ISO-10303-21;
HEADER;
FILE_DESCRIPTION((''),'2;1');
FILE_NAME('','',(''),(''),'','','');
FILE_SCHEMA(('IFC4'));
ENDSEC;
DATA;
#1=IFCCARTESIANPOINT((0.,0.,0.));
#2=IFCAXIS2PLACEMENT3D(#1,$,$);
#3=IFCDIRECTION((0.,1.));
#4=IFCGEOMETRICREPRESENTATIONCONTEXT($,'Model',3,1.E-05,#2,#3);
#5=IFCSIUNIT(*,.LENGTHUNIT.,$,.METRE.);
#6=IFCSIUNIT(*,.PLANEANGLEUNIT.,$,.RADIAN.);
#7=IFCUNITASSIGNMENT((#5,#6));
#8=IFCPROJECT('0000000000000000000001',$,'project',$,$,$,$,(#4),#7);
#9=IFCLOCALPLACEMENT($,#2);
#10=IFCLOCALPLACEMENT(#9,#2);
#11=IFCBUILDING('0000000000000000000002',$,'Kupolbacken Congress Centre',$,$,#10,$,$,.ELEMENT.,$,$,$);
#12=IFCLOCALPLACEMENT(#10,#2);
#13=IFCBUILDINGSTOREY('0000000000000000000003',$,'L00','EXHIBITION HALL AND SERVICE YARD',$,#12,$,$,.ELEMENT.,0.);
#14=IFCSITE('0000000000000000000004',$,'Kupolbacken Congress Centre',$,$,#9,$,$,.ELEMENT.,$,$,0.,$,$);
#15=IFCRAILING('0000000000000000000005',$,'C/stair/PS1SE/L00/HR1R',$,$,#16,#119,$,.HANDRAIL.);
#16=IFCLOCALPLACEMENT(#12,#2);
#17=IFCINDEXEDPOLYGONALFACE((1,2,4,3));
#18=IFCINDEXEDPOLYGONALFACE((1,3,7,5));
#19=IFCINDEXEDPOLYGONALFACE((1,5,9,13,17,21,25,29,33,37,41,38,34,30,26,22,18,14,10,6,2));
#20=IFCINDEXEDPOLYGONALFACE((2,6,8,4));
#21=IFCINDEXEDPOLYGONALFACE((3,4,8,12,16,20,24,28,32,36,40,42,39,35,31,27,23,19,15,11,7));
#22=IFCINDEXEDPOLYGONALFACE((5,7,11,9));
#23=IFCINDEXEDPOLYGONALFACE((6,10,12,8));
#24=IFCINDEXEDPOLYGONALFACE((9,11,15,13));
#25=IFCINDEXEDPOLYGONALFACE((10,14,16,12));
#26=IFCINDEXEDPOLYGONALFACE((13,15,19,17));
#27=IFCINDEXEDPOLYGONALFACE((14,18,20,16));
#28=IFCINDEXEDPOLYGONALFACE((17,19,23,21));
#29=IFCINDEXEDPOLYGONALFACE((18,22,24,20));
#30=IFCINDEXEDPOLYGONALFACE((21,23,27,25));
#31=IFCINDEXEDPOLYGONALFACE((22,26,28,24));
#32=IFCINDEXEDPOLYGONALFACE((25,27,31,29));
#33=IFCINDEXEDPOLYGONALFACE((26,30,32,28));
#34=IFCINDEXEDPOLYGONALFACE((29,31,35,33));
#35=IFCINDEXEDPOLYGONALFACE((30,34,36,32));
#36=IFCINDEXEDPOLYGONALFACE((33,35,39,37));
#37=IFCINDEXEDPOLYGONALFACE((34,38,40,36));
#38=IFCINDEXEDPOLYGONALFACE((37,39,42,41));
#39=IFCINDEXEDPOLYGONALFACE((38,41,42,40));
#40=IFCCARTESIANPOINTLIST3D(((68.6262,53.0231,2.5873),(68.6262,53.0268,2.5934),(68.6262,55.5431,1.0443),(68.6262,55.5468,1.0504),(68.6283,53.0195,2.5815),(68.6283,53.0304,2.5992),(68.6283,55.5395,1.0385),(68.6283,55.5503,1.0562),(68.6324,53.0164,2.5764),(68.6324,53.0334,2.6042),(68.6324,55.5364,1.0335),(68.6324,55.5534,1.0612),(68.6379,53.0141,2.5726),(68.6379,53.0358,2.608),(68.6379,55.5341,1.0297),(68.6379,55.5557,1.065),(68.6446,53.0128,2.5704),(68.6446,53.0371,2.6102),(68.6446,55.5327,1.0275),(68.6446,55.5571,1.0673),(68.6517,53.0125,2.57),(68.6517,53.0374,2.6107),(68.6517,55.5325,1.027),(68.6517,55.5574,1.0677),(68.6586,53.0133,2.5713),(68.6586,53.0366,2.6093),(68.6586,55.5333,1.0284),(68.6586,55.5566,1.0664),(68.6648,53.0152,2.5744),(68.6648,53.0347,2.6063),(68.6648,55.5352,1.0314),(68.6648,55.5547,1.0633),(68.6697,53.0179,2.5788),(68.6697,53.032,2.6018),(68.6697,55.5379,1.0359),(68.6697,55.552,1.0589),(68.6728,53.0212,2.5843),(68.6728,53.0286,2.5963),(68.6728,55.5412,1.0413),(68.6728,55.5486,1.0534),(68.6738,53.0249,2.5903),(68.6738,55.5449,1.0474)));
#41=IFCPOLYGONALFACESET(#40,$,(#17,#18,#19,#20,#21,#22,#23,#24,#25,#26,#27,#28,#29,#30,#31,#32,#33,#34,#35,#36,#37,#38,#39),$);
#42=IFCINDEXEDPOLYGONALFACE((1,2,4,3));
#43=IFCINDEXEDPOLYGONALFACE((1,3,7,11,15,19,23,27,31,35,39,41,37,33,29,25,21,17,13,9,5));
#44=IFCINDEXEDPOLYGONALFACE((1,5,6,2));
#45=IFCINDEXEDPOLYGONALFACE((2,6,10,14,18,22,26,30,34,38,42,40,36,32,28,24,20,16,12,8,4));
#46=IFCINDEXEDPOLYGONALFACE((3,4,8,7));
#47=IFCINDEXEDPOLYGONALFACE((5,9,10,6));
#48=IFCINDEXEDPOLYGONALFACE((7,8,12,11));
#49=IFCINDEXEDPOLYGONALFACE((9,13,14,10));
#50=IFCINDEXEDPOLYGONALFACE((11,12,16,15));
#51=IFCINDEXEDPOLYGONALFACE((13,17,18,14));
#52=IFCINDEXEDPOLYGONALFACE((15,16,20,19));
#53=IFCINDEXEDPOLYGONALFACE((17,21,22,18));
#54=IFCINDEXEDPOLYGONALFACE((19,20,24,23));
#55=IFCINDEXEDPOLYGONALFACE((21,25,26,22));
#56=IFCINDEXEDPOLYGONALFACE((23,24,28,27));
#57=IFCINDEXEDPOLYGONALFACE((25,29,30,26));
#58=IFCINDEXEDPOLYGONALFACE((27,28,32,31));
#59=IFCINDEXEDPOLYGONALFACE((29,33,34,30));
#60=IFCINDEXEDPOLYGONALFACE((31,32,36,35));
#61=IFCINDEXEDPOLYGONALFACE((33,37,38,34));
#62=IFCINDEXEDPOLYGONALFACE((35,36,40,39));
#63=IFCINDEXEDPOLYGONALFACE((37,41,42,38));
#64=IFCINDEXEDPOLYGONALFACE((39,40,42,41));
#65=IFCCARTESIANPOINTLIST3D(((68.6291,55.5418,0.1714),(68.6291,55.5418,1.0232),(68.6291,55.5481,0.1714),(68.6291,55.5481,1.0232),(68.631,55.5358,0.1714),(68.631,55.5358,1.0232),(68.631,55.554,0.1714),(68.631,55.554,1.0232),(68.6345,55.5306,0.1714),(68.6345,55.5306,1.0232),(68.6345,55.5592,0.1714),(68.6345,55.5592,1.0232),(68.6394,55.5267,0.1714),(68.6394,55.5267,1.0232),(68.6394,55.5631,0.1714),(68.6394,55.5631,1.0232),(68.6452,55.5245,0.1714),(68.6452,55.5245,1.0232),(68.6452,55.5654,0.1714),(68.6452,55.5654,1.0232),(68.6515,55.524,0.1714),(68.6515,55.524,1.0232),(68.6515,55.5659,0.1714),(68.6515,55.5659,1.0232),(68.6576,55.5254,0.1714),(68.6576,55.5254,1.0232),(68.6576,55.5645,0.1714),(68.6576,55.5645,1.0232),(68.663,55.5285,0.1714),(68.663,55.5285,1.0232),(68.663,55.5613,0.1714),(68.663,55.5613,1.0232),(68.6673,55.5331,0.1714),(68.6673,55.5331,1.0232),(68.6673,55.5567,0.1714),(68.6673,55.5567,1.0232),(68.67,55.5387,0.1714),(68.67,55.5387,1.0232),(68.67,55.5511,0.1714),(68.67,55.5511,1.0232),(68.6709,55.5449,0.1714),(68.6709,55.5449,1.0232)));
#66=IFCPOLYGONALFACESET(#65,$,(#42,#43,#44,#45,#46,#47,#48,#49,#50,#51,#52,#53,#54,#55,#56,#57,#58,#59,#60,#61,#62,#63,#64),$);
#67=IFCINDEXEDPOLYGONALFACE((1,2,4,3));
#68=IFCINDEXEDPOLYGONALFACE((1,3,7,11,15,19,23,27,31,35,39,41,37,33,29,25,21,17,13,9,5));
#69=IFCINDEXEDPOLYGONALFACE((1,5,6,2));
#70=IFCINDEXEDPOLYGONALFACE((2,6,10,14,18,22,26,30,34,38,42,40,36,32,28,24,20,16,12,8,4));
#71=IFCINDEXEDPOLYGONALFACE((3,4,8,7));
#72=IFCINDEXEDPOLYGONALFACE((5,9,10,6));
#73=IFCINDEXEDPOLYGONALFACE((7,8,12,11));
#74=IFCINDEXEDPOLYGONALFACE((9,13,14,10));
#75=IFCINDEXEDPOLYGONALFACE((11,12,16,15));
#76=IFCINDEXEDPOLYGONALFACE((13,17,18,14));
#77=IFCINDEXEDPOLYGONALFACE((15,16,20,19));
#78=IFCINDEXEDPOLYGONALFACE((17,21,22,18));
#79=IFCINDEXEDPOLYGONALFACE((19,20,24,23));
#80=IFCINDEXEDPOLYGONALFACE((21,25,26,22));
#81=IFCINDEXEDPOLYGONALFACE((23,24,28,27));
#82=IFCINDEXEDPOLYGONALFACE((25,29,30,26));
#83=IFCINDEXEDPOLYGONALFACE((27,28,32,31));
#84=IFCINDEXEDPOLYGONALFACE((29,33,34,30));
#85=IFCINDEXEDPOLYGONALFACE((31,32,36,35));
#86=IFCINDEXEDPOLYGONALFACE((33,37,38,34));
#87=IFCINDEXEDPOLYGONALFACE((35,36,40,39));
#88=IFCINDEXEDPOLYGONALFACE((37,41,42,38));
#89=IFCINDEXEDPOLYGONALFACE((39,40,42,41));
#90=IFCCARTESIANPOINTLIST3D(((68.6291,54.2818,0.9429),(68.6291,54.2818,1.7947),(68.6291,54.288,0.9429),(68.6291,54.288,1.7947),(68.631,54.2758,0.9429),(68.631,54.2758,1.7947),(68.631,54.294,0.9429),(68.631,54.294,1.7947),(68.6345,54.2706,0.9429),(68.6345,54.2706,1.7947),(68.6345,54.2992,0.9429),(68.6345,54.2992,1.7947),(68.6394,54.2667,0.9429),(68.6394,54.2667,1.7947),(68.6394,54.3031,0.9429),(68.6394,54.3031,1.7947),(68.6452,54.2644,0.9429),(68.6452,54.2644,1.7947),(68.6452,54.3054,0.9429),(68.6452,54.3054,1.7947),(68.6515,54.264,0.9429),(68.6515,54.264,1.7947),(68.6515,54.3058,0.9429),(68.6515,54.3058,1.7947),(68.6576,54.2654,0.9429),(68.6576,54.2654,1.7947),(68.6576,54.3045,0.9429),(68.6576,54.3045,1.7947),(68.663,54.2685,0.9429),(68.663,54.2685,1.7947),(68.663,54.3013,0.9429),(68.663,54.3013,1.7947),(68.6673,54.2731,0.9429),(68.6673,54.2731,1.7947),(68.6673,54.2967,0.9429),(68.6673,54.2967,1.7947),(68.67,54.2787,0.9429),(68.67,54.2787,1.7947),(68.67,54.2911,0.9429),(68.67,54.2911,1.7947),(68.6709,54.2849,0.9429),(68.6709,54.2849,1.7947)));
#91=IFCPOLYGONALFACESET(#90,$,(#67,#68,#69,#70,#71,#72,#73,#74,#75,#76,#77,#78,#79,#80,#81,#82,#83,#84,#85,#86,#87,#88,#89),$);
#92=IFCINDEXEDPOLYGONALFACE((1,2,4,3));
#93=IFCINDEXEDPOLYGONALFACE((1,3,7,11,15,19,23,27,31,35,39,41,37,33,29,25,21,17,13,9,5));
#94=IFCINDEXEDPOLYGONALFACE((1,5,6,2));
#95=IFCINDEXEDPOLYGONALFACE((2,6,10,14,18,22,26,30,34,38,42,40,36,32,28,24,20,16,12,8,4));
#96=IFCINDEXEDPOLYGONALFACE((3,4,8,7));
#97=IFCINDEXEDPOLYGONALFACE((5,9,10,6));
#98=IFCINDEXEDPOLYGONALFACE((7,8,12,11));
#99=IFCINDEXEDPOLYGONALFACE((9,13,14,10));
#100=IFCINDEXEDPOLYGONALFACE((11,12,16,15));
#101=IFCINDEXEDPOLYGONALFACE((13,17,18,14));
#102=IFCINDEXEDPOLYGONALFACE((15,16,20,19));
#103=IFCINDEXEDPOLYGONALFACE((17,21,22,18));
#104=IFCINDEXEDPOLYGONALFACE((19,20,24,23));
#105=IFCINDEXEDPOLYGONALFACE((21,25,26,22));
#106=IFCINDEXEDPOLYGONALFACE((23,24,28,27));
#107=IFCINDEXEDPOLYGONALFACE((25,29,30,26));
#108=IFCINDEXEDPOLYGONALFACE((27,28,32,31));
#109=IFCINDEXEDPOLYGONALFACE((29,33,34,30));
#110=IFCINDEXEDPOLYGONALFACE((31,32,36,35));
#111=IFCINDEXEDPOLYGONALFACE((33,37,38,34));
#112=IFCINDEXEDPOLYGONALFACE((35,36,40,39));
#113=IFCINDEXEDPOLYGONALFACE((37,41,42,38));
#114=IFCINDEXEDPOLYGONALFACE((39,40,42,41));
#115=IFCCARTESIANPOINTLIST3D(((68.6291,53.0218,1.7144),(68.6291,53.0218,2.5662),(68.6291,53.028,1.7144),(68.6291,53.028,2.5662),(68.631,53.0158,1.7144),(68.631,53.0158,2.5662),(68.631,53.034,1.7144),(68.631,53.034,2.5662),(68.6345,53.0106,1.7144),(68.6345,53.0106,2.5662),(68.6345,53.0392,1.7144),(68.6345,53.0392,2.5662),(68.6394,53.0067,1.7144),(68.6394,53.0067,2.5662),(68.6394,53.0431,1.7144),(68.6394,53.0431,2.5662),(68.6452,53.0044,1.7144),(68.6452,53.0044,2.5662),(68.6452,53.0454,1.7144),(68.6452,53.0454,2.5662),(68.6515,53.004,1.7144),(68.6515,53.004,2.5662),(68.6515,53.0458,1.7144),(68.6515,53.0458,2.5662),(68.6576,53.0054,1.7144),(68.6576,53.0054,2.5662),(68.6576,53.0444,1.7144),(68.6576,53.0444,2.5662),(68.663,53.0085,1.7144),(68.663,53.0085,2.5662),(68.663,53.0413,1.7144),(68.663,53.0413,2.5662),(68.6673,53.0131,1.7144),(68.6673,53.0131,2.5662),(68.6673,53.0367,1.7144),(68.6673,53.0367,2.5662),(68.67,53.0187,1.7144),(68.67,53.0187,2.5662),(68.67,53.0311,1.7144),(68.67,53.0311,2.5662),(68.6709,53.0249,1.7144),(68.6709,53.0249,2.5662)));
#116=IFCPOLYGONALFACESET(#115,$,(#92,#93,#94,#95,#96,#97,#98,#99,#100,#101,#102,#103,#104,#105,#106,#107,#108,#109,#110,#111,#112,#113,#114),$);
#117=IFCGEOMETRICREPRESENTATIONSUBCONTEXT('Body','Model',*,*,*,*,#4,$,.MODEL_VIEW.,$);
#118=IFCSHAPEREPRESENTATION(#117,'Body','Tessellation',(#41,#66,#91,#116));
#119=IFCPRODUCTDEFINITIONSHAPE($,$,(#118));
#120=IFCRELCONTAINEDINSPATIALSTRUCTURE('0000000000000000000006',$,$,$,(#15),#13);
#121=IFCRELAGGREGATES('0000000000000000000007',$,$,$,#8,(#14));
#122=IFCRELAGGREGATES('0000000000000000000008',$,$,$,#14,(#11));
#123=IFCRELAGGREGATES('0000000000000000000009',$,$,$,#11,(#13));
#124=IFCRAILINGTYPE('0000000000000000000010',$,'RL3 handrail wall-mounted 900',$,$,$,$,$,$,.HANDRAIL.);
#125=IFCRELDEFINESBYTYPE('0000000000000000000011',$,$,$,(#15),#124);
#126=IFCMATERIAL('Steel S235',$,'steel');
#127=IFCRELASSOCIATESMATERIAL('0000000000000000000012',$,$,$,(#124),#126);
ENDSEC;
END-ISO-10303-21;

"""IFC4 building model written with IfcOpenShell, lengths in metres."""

from ifc_helpers import new_model, si_unit, direction, frame, origin, origin_2d, place, context, subcontext, project, spatial, circle, extrude, material, type_object, element, save


model = new_model("IFC4")

# Units and contexts
model_context = context("Model", 3, precision=1e-05, world=origin(), true_north=direction((0.0, 1.0)))
body_context = subcontext(model_context, "Body", "Model", "MODEL_VIEW")
ifc_project = project(units=[si_unit("LENGTHUNIT", "METRE"), si_unit("PLANEANGLEUNIT", "RADIAN")], contexts=[model_context])

# Site, building, storey
site_placement = place(None, origin())
site = spatial("IfcSite", under=ifc_project, at=site_placement, Name="Kupolbacken Congress Centre", CompositionType="ELEMENT", RefElevation=0.0)
building_placement = place(site_placement, origin())
building = spatial("IfcBuilding", under=site, at=building_placement, Name="Kupolbacken Congress Centre", CompositionType="ELEMENT")
storey_placement = place(building_placement, origin())
storey = spatial("IfcBuildingStorey", under=building, at=storey_placement, Name="L00", Description="EXHIBITION HALL AND SERVICE YARD", CompositionType="ELEMENT", Elevation=0.0)

# Railing
ifc_material_1 = material(Name="Steel S235", Category="steel")
railing_type = type_object("IfcRailingType", Name="RL3 handrail wall-mounted 900", PredefinedType="HANDRAIL", material=ifc_material_1)
railing_placement = place(storey_placement, frame((68.6499, 55.5449, 0.1714)))
element("IfcRailing", 1, at=railing_placement, inside=storey, type_object=railing_type, Name="C/stair/PS1SE/L00/HR1R", PredefinedType="HANDRAIL", context=body_context, shape_type="SweptSolid", body=[
    extrude(circle(Radius=0.0239, at=origin_2d()), frame((0.0, 0.0, 0.876), z_axis=(0.0, -0.852836, 0.522178), x_axis=(1.0, 0.0, 0.0)), (0.0, 0.0, 1.0), 2.9548),
    extrude(circle(Radius=0.021, at=origin_2d()), origin(), (0.0, 0.0, 1.0), 0.8518),
    extrude(circle(Radius=0.021, at=origin_2d()), frame((0.0, -1.26, 0.7715)), (0.0, 0.0, 1.0), 0.8518),
    extrude(circle(Radius=0.021, at=origin_2d()), frame((0.0, -2.52, 1.543)), (0.0, 0.0, 1.0), 0.8518),
])

save(model, "model.ifc")
